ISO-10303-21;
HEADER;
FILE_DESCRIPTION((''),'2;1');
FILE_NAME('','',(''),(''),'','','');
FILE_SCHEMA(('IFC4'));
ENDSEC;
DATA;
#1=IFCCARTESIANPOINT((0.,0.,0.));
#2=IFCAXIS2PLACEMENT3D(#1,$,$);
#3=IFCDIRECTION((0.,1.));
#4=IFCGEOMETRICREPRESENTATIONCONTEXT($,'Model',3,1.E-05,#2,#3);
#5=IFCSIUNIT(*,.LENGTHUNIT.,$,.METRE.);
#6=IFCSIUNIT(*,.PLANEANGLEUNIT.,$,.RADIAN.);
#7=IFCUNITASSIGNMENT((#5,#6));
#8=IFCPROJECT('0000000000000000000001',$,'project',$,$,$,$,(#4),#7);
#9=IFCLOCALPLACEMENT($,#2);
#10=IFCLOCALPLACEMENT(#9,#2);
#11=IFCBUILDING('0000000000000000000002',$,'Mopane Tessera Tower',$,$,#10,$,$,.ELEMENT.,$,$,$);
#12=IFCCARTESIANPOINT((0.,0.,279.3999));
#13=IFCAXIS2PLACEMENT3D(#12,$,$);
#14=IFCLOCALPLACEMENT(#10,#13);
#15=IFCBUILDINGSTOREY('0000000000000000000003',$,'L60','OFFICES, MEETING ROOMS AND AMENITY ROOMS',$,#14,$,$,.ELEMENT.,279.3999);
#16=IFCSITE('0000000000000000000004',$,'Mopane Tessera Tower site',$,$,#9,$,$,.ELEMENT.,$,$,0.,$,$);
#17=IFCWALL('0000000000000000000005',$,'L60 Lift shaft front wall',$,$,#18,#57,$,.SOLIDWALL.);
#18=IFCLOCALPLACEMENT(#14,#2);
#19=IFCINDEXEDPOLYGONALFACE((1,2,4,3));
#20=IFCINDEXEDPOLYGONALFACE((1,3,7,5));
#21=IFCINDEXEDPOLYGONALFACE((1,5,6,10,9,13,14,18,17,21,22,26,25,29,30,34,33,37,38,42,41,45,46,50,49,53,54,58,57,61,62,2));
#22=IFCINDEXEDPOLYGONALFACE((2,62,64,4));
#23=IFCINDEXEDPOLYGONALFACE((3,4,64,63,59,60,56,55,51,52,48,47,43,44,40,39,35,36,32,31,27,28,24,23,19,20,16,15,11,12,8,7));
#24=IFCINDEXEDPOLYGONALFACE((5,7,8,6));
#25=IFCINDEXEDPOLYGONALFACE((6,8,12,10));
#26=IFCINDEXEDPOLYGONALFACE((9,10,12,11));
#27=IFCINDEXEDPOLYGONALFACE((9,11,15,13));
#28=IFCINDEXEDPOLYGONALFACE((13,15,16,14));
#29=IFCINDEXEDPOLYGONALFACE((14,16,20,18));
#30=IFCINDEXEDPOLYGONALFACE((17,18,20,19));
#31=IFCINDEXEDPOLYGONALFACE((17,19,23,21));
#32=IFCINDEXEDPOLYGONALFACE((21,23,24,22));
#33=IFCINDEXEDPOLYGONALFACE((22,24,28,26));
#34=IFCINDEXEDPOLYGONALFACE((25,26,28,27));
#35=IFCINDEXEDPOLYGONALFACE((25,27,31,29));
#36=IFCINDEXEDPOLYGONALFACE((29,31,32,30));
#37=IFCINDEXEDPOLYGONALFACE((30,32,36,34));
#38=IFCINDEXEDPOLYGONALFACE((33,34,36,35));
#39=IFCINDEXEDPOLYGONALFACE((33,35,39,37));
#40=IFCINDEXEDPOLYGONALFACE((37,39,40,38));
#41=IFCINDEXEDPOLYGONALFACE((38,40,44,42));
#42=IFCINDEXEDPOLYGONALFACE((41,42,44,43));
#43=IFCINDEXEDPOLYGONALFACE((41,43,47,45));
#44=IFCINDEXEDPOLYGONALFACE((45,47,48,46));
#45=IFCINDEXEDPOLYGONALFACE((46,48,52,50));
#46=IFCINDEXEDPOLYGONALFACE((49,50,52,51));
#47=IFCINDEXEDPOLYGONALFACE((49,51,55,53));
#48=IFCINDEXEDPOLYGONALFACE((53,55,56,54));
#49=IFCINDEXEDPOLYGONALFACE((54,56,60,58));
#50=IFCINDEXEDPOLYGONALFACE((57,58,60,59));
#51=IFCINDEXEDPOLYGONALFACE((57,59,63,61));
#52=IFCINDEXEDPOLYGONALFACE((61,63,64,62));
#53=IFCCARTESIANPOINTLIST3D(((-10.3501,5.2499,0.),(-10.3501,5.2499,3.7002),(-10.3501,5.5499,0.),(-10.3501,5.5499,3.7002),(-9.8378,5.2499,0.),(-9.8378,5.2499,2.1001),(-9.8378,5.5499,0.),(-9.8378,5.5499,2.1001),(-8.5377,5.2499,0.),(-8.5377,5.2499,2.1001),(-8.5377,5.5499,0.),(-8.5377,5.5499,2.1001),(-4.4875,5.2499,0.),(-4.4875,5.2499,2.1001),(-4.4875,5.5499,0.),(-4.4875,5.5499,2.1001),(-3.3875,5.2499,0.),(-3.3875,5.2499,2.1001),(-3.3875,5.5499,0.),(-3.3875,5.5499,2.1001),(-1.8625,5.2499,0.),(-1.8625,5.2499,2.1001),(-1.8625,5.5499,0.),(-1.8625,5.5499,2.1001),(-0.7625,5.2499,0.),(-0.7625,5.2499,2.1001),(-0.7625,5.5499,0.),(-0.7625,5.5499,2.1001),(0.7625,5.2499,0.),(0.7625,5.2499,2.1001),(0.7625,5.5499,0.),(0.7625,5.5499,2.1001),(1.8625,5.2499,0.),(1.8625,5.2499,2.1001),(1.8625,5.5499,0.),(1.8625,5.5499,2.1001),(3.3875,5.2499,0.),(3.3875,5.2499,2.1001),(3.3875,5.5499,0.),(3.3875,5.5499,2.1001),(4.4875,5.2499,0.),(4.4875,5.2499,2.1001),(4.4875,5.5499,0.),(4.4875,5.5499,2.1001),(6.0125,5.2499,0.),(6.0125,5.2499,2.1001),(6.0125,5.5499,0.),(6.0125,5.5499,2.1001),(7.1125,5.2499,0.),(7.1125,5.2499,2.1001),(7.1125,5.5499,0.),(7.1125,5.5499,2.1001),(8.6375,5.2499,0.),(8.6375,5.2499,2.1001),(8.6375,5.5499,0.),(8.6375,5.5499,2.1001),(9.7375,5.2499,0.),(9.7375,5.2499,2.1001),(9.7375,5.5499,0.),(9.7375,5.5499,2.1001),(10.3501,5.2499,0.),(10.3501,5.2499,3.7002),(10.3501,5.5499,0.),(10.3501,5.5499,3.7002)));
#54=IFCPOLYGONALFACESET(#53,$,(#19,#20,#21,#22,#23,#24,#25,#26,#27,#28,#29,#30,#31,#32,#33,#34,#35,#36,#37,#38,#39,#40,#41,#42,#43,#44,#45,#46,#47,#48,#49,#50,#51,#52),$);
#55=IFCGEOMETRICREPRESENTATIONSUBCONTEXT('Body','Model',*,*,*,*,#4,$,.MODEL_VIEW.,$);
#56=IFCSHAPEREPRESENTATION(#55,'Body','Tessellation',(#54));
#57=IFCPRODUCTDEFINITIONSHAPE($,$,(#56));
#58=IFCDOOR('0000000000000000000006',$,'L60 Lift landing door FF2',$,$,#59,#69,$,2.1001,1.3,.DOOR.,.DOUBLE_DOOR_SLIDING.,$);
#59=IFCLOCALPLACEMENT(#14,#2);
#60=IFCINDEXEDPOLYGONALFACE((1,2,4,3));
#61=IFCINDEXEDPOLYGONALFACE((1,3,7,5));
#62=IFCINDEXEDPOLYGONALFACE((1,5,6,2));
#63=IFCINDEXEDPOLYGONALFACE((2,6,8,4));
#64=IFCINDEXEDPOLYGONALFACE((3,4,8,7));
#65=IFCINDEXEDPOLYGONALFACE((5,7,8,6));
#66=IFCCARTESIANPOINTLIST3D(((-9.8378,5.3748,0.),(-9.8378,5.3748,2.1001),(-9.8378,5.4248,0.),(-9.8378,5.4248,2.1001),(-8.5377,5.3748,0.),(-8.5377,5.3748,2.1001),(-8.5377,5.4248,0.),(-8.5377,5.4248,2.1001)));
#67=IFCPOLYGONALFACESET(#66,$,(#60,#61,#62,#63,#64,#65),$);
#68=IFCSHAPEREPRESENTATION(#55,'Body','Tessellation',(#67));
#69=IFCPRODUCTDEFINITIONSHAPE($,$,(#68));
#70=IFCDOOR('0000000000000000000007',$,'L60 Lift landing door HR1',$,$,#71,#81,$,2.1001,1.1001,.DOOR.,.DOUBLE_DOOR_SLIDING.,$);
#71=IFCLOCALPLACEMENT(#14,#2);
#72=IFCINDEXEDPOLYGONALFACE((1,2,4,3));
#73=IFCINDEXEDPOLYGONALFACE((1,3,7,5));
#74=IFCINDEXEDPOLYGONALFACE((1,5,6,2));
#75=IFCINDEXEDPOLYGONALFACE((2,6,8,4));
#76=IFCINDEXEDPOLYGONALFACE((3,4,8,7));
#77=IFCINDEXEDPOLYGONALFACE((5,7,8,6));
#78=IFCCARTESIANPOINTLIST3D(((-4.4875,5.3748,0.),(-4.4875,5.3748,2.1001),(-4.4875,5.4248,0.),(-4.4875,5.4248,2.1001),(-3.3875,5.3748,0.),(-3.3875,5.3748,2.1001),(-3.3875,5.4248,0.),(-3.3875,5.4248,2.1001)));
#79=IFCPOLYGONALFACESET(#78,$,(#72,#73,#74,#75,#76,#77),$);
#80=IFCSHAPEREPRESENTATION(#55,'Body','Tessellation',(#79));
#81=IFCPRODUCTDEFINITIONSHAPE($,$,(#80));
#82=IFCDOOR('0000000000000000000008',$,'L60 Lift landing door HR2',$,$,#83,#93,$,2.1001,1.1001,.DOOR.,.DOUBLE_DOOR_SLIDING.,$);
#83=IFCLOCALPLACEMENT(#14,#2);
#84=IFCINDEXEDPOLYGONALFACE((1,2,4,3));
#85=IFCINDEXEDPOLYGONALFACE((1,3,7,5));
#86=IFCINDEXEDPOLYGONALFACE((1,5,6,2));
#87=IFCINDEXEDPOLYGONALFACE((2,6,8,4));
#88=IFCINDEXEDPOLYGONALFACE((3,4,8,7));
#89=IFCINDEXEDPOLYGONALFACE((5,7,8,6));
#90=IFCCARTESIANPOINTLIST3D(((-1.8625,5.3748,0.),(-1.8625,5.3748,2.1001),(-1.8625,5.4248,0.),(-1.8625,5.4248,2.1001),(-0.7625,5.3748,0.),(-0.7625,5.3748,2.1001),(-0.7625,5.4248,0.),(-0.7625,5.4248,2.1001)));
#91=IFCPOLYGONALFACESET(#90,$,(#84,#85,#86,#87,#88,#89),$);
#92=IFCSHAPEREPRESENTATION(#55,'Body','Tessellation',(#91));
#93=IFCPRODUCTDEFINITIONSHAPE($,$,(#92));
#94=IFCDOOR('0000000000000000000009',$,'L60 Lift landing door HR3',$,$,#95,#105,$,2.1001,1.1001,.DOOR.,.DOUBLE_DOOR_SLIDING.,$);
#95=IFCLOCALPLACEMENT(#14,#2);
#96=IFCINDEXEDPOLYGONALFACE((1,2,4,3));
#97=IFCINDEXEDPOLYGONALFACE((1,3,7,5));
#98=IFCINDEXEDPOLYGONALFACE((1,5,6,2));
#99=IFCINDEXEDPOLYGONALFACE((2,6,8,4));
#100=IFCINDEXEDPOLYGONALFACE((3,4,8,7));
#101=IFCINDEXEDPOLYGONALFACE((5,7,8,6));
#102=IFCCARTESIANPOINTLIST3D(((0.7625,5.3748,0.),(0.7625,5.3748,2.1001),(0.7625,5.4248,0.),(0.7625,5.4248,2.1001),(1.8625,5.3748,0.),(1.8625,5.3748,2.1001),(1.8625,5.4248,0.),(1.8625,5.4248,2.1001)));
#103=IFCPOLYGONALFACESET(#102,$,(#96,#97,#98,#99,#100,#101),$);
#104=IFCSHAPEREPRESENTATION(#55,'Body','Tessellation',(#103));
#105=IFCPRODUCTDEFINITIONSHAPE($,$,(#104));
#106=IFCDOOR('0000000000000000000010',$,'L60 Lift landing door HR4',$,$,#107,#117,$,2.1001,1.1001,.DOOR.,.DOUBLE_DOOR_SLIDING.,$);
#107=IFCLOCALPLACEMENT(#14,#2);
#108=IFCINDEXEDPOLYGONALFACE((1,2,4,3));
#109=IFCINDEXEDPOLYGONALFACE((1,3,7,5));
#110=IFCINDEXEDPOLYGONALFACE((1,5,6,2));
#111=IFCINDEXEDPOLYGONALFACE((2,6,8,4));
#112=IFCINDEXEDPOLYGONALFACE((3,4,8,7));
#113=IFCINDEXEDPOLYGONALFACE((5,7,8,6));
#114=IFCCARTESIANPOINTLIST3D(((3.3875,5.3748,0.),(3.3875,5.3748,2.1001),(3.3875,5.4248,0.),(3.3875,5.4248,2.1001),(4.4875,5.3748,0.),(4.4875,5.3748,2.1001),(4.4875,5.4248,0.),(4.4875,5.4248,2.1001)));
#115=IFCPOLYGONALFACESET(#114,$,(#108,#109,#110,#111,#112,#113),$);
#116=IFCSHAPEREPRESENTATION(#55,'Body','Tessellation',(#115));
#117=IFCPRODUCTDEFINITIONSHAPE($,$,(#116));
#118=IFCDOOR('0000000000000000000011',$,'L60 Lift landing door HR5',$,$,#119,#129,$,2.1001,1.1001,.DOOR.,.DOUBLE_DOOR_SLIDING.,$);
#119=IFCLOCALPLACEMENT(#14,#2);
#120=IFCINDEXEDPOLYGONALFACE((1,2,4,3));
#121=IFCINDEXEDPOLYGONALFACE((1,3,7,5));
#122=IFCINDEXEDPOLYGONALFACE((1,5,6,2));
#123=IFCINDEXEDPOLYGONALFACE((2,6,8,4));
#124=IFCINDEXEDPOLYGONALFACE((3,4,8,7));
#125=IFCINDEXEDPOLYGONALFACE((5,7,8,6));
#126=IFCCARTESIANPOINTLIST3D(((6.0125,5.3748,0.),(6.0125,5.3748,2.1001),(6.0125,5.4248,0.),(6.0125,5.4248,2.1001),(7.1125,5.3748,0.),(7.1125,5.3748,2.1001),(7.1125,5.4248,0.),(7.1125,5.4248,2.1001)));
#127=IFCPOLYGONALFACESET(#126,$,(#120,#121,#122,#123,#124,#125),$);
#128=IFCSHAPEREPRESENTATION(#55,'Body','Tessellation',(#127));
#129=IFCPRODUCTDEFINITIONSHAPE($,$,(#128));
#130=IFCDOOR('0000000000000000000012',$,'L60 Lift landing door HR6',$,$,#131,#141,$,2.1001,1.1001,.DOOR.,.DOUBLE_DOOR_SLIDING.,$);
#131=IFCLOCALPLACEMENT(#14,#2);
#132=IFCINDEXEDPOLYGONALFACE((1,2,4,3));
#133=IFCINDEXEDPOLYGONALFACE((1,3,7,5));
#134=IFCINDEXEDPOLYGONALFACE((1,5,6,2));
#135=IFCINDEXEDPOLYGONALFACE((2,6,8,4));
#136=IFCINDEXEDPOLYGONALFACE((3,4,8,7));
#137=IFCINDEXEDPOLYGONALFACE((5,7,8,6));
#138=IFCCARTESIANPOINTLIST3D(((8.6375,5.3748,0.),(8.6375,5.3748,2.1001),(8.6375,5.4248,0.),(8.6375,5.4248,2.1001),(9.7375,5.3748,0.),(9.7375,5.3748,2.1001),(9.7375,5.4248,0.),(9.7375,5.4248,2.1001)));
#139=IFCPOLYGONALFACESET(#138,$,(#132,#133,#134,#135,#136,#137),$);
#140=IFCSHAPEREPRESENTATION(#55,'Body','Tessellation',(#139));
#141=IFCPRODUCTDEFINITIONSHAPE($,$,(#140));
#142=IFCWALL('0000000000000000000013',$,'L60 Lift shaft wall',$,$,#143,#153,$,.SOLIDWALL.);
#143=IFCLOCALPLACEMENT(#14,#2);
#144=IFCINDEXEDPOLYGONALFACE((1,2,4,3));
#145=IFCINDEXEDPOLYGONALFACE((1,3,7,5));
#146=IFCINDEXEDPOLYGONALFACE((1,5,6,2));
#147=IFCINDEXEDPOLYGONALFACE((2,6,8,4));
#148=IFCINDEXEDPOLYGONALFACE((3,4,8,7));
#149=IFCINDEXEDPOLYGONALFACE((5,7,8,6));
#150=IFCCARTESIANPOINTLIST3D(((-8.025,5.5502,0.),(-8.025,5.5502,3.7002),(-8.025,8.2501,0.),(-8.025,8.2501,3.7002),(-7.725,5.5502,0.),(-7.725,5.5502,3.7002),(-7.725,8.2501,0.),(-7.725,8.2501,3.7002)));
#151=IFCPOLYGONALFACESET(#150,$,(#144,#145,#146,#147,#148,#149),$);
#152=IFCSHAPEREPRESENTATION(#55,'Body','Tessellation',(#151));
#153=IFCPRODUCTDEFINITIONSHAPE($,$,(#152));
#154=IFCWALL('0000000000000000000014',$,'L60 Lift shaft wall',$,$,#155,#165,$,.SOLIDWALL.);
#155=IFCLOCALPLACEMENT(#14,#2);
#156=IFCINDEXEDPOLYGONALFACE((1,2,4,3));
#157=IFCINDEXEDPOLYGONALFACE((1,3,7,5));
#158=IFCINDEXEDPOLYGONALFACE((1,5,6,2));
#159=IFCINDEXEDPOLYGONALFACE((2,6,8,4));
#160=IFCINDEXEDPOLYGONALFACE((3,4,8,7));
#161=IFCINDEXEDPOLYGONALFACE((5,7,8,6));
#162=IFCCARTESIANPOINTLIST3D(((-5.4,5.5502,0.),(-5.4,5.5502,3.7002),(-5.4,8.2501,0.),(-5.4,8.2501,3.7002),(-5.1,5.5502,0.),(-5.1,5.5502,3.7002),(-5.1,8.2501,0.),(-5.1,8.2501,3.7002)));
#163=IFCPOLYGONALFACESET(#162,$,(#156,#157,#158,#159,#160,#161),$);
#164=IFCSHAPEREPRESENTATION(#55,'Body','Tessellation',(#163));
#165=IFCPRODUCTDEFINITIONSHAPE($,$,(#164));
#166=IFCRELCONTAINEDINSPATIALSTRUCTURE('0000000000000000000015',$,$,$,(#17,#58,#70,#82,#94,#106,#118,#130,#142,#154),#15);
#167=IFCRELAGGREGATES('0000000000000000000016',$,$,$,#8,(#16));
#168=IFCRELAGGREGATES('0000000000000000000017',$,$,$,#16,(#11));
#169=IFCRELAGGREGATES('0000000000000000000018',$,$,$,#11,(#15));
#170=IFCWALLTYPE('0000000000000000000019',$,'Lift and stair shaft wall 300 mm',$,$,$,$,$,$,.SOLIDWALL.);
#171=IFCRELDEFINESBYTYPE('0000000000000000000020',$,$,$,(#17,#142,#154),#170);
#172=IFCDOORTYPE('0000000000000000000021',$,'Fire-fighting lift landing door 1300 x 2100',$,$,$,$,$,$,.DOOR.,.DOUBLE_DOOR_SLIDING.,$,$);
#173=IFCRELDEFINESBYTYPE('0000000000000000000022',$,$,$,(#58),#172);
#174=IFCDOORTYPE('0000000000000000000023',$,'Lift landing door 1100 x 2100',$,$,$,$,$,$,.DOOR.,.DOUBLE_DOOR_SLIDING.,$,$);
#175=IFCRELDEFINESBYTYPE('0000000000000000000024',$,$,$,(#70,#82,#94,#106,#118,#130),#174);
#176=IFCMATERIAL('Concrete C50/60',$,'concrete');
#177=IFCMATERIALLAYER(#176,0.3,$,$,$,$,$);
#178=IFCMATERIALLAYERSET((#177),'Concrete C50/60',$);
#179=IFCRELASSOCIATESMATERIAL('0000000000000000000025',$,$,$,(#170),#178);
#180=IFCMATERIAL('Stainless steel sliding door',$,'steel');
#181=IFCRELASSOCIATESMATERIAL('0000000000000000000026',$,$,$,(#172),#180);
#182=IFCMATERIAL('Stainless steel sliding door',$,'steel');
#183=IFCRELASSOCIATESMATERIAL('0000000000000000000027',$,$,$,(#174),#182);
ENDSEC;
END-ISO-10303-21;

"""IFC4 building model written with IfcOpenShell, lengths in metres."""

from ifc_helpers import new_model, si_unit, direction, frame, frame_2d, origin, place, context, subcontext, project, spatial, rectangle, extrude, material, layer, layer_set, type_object, element, fill, save


model = new_model("IFC4")

# Units and contexts
model_context = context("Model", 3, precision=1e-05, world=origin(), true_north=direction((0.0, 1.0)))
body_context = subcontext(model_context, "Body", "Model", "MODEL_VIEW")
ifc_project = project(units=[si_unit("LENGTHUNIT", "METRE"), si_unit("PLANEANGLEUNIT", "RADIAN")], contexts=[model_context])

# Site, building, storey
site_placement = place(None, origin())
site = spatial("IfcSite", under=ifc_project, at=site_placement, Name="Mopane Tessera Tower site", CompositionType="ELEMENT", RefElevation=0.0)
building_placement = place(site_placement, origin())
building = spatial("IfcBuilding", under=site, at=building_placement, Name="Mopane Tessera Tower", CompositionType="ELEMENT")
storey_placement = place(building_placement, frame((0.0, 0.0, 279.3999)))
storey = spatial("IfcBuildingStorey", under=building, at=storey_placement, Name="L60", Description="OFFICES, MEETING ROOMS AND AMENITY ROOMS", CompositionType="ELEMENT", Elevation=279.3999)

# Shared definitions
ifc_material_1 = material(Name="Concrete C50/60", Category="concrete")
ifc_layer_1 = layer(ifc_material_1, 0.3)
ifc_layer_set_1 = layer_set([ifc_layer_1], Name="Concrete C50/60")
wall_type_1 = type_object("IfcWallType", Name="Lift and stair shaft wall 300 mm", PredefinedType="SOLIDWALL", material=ifc_layer_set_1)

# Wall, openings, doors
wall_1_placement = place(storey_placement, frame((-10.3501, 5.3999, 0.0), z_axis=(0.0, 0.0, 1.0), x_axis=(1.0, 0.0, 0.0)))
wall_1 = element("IfcWall", 1, at=wall_1_placement, inside=storey, type_object=wall_type_1, Name="L60 Lift shaft front wall", PredefinedType="SOLIDWALL", context=body_context, shape_type="SweptSolid", body=[
    extrude(rectangle(XDim=20.7002, YDim=0.3, at=frame_2d((10.3501, 0.0))), origin(), (0.0, 0.0, 1.0), 3.7002),
])
opening_1_placement = place(wall_1_placement, frame((0.5125, 0.0, 0.0)))
opening_1 = element("IfcOpeningElement", 2, at=opening_1_placement, cuts=wall_1, PredefinedType="OPENING", context=body_context, shape_type="SweptSolid", body=[
    extrude(rectangle(XDim=1.3, YDim=2.1001, at=frame_2d((0.6499, 1.05))), frame((0.0, 0.1621, 0.0), z_axis=(0.0, -1.0, 0.0), x_axis=(1.0, 0.0, 0.0)), (0.0, 0.0, 1.0), 0.324),
])
opening_2_placement = place(wall_1_placement, frame((5.8625, 0.0, 0.0)))
opening_2 = element("IfcOpeningElement", 3, at=opening_2_placement, cuts=wall_1, PredefinedType="OPENING", context=body_context, shape_type="SweptSolid", body=[
    extrude(rectangle(XDim=1.1001, YDim=2.1001, at=frame_2d((0.55, 1.05))), frame((0.0, 0.1621, 0.0), z_axis=(0.0, -1.0, 0.0), x_axis=(1.0, 0.0, 0.0)), (0.0, 0.0, 1.0), 0.324),
])
opening_3_placement = place(wall_1_placement, frame((8.4875, 0.0, 0.0)))
opening_3 = element("IfcOpeningElement", 4, at=opening_3_placement, cuts=wall_1, PredefinedType="OPENING", context=body_context, shape_type="SweptSolid", body=[
    extrude(rectangle(XDim=1.1001, YDim=2.1001, at=frame_2d((0.55, 1.05))), frame((0.0, 0.1621, 0.0), z_axis=(0.0, -1.0, 0.0), x_axis=(1.0, 0.0, 0.0)), (0.0, 0.0, 1.0), 0.324),
])
opening_4_placement = place(wall_1_placement, frame((11.1125, 0.0, 0.0)))
opening_4 = element("IfcOpeningElement", 5, at=opening_4_placement, cuts=wall_1, PredefinedType="OPENING", context=body_context, shape_type="SweptSolid", body=[
    extrude(rectangle(XDim=1.1001, YDim=2.1001, at=frame_2d((0.55, 1.05))), frame((0.0, 0.1621, 0.0), z_axis=(0.0, -1.0, 0.0), x_axis=(1.0, 0.0, 0.0)), (0.0, 0.0, 1.0), 0.324),
])
opening_5_placement = place(wall_1_placement, frame((13.7375, 0.0, 0.0)))
opening_5 = element("IfcOpeningElement", 6, at=opening_5_placement, cuts=wall_1, PredefinedType="OPENING", context=body_context, shape_type="SweptSolid", body=[
    extrude(rectangle(XDim=1.1001, YDim=2.1001, at=frame_2d((0.55, 1.05))), frame((0.0, 0.1621, 0.0), z_axis=(0.0, -1.0, 0.0), x_axis=(1.0, 0.0, 0.0)), (0.0, 0.0, 1.0), 0.324),
])
opening_6_placement = place(wall_1_placement, frame((16.3625, 0.0, 0.0)))
opening_6 = element("IfcOpeningElement", 7, at=opening_6_placement, cuts=wall_1, PredefinedType="OPENING", context=body_context, shape_type="SweptSolid", body=[
    extrude(rectangle(XDim=1.1001, YDim=2.1001, at=frame_2d((0.55, 1.05))), frame((0.0, 0.1621, 0.0), z_axis=(0.0, -1.0, 0.0), x_axis=(1.0, 0.0, 0.0)), (0.0, 0.0, 1.0), 0.324),
])
opening_7_placement = place(wall_1_placement, frame((18.9875, 0.0, 0.0)))
opening_7 = element("IfcOpeningElement", 8, at=opening_7_placement, cuts=wall_1, PredefinedType="OPENING", context=body_context, shape_type="SweptSolid", body=[
    extrude(rectangle(XDim=1.1001, YDim=2.1001, at=frame_2d((0.55, 1.05))), frame((0.0, 0.1621, 0.0), z_axis=(0.0, -1.0, 0.0), x_axis=(1.0, 0.0, 0.0)), (0.0, 0.0, 1.0), 0.324),
])
ifc_material_2 = material(Name="Stainless steel sliding door", Category="steel")
door_type_1 = type_object("IfcDoorType", Name="Fire-fighting lift landing door 1300 x 2100", OperationType="DOUBLE_DOOR_SLIDING", PredefinedType="DOOR", material=ifc_material_2)
door_1_placement = place(opening_1_placement, origin())
door_1 = element("IfcDoor", 9, at=door_1_placement, inside=storey, type_object=door_type_1, Name="L60 Lift landing door FF2", OperationType="DOUBLE_DOOR_SLIDING", OverallHeight=2.1001, OverallWidth=1.3, PredefinedType="DOOR", context=body_context, shape_type="SweptSolid", body=[
    extrude(rectangle(XDim=1.3, YDim=2.1001, at=frame_2d((0.6499, 1.05))), frame((0.0, 0.0249, 0.0), z_axis=(0.0, -1.0, 0.0), x_axis=(1.0, 0.0, 0.0)), (0.0, 0.0, 1.0), 0.05),
])
fill(opening_1, door_1)
ifc_material_3 = material(Name="Stainless steel sliding door", Category="steel")
door_type_2 = type_object("IfcDoorType", Name="Lift landing door 1100 x 2100", OperationType="DOUBLE_DOOR_SLIDING", PredefinedType="DOOR", material=ifc_material_3)
door_2_placement = place(opening_2_placement, origin())
door_2 = element("IfcDoor", 10, at=door_2_placement, inside=storey, type_object=door_type_2, Name="L60 Lift landing door HR1", OperationType="DOUBLE_DOOR_SLIDING", OverallHeight=2.1001, OverallWidth=1.1001, PredefinedType="DOOR", context=body_context, shape_type="SweptSolid", body=[
    extrude(rectangle(XDim=1.1001, YDim=2.1001, at=frame_2d((0.55, 1.05))), frame((0.0, 0.0249, 0.0), z_axis=(0.0, -1.0, 0.0), x_axis=(1.0, 0.0, 0.0)), (0.0, 0.0, 1.0), 0.05),
])
fill(opening_2, door_2)
door_3_placement = place(opening_3_placement, origin())
door_3 = element("IfcDoor", 11, at=door_3_placement, inside=storey, type_object=door_type_2, Name="L60 Lift landing door HR2", OperationType="DOUBLE_DOOR_SLIDING", OverallHeight=2.1001, OverallWidth=1.1001, PredefinedType="DOOR", context=body_context, shape_type="SweptSolid", body=[
    extrude(rectangle(XDim=1.1001, YDim=2.1001, at=frame_2d((0.55, 1.05))), frame((0.0, 0.0249, 0.0), z_axis=(0.0, -1.0, 0.0), x_axis=(1.0, 0.0, 0.0)), (0.0, 0.0, 1.0), 0.05),
])
fill(opening_3, door_3)
door_4_placement = place(opening_4_placement, origin())
door_4 = element("IfcDoor", 12, at=door_4_placement, inside=storey, type_object=door_type_2, Name="L60 Lift landing door HR3", OperationType="DOUBLE_DOOR_SLIDING", OverallHeight=2.1001, OverallWidth=1.1001, PredefinedType="DOOR", context=body_context, shape_type="SweptSolid", body=[
    extrude(rectangle(XDim=1.1001, YDim=2.1001, at=frame_2d((0.55, 1.05))), frame((0.0, 0.0249, 0.0), z_axis=(0.0, -1.0, 0.0), x_axis=(1.0, 0.0, 0.0)), (0.0, 0.0, 1.0), 0.05),
])
fill(opening_4, door_4)
door_5_placement = place(opening_5_placement, origin())
door_5 = element("IfcDoor", 13, at=door_5_placement, inside=storey, type_object=door_type_2, Name="L60 Lift landing door HR4", OperationType="DOUBLE_DOOR_SLIDING", OverallHeight=2.1001, OverallWidth=1.1001, PredefinedType="DOOR", context=body_context, shape_type="SweptSolid", body=[
    extrude(rectangle(XDim=1.1001, YDim=2.1001, at=frame_2d((0.55, 1.05))), frame((0.0, 0.0249, 0.0), z_axis=(0.0, -1.0, 0.0), x_axis=(1.0, 0.0, 0.0)), (0.0, 0.0, 1.0), 0.05),
])
fill(opening_5, door_5)
door_6_placement = place(opening_6_placement, origin())
door_6 = element("IfcDoor", 14, at=door_6_placement, inside=storey, type_object=door_type_2, Name="L60 Lift landing door HR5", OperationType="DOUBLE_DOOR_SLIDING", OverallHeight=2.1001, OverallWidth=1.1001, PredefinedType="DOOR", context=body_context, shape_type="SweptSolid", body=[
    extrude(rectangle(XDim=1.1001, YDim=2.1001, at=frame_2d((0.55, 1.05))), frame((0.0, 0.0249, 0.0), z_axis=(0.0, -1.0, 0.0), x_axis=(1.0, 0.0, 0.0)), (0.0, 0.0, 1.0), 0.05),
])
fill(opening_6, door_6)
door_7_placement = place(opening_7_placement, origin())
door_7 = element("IfcDoor", 15, at=door_7_placement, inside=storey, type_object=door_type_2, Name="L60 Lift landing door HR6", OperationType="DOUBLE_DOOR_SLIDING", OverallHeight=2.1001, OverallWidth=1.1001, PredefinedType="DOOR", context=body_context, shape_type="SweptSolid", body=[
    extrude(rectangle(XDim=1.1001, YDim=2.1001, at=frame_2d((0.55, 1.05))), frame((0.0, 0.0249, 0.0), z_axis=(0.0, -1.0, 0.0), x_axis=(1.0, 0.0, 0.0)), (0.0, 0.0, 1.0), 0.05),
])
fill(opening_7, door_7)

# Walls
for number, where, z_axis, x_axis, name in (
    (16, (-7.875, 5.55, 0.0), (0.0, 0.0, 1.0), (0.0, 1.0, 0.0), "L60 Lift shaft wall"),
    (17, (-5.25, 5.55, 0.0), (0.0, 0.0, 1.0), (0.0, 1.0, 0.0), "L60 Lift shaft wall"),
):
    element("IfcWall", number, at=place(storey_placement, frame(where, z_axis=z_axis, x_axis=x_axis)), inside=storey, type_object=wall_type_1, Name=name, PredefinedType="SOLIDWALL", context=body_context, shape_type="SweptSolid", body=[
        extrude(rectangle(XDim=2.7, YDim=0.3, at=frame_2d((1.3501, 0.0))), origin(), (0.0, 0.0, 1.0), 3.7002),
    ])

save(model, "model.ifc")
